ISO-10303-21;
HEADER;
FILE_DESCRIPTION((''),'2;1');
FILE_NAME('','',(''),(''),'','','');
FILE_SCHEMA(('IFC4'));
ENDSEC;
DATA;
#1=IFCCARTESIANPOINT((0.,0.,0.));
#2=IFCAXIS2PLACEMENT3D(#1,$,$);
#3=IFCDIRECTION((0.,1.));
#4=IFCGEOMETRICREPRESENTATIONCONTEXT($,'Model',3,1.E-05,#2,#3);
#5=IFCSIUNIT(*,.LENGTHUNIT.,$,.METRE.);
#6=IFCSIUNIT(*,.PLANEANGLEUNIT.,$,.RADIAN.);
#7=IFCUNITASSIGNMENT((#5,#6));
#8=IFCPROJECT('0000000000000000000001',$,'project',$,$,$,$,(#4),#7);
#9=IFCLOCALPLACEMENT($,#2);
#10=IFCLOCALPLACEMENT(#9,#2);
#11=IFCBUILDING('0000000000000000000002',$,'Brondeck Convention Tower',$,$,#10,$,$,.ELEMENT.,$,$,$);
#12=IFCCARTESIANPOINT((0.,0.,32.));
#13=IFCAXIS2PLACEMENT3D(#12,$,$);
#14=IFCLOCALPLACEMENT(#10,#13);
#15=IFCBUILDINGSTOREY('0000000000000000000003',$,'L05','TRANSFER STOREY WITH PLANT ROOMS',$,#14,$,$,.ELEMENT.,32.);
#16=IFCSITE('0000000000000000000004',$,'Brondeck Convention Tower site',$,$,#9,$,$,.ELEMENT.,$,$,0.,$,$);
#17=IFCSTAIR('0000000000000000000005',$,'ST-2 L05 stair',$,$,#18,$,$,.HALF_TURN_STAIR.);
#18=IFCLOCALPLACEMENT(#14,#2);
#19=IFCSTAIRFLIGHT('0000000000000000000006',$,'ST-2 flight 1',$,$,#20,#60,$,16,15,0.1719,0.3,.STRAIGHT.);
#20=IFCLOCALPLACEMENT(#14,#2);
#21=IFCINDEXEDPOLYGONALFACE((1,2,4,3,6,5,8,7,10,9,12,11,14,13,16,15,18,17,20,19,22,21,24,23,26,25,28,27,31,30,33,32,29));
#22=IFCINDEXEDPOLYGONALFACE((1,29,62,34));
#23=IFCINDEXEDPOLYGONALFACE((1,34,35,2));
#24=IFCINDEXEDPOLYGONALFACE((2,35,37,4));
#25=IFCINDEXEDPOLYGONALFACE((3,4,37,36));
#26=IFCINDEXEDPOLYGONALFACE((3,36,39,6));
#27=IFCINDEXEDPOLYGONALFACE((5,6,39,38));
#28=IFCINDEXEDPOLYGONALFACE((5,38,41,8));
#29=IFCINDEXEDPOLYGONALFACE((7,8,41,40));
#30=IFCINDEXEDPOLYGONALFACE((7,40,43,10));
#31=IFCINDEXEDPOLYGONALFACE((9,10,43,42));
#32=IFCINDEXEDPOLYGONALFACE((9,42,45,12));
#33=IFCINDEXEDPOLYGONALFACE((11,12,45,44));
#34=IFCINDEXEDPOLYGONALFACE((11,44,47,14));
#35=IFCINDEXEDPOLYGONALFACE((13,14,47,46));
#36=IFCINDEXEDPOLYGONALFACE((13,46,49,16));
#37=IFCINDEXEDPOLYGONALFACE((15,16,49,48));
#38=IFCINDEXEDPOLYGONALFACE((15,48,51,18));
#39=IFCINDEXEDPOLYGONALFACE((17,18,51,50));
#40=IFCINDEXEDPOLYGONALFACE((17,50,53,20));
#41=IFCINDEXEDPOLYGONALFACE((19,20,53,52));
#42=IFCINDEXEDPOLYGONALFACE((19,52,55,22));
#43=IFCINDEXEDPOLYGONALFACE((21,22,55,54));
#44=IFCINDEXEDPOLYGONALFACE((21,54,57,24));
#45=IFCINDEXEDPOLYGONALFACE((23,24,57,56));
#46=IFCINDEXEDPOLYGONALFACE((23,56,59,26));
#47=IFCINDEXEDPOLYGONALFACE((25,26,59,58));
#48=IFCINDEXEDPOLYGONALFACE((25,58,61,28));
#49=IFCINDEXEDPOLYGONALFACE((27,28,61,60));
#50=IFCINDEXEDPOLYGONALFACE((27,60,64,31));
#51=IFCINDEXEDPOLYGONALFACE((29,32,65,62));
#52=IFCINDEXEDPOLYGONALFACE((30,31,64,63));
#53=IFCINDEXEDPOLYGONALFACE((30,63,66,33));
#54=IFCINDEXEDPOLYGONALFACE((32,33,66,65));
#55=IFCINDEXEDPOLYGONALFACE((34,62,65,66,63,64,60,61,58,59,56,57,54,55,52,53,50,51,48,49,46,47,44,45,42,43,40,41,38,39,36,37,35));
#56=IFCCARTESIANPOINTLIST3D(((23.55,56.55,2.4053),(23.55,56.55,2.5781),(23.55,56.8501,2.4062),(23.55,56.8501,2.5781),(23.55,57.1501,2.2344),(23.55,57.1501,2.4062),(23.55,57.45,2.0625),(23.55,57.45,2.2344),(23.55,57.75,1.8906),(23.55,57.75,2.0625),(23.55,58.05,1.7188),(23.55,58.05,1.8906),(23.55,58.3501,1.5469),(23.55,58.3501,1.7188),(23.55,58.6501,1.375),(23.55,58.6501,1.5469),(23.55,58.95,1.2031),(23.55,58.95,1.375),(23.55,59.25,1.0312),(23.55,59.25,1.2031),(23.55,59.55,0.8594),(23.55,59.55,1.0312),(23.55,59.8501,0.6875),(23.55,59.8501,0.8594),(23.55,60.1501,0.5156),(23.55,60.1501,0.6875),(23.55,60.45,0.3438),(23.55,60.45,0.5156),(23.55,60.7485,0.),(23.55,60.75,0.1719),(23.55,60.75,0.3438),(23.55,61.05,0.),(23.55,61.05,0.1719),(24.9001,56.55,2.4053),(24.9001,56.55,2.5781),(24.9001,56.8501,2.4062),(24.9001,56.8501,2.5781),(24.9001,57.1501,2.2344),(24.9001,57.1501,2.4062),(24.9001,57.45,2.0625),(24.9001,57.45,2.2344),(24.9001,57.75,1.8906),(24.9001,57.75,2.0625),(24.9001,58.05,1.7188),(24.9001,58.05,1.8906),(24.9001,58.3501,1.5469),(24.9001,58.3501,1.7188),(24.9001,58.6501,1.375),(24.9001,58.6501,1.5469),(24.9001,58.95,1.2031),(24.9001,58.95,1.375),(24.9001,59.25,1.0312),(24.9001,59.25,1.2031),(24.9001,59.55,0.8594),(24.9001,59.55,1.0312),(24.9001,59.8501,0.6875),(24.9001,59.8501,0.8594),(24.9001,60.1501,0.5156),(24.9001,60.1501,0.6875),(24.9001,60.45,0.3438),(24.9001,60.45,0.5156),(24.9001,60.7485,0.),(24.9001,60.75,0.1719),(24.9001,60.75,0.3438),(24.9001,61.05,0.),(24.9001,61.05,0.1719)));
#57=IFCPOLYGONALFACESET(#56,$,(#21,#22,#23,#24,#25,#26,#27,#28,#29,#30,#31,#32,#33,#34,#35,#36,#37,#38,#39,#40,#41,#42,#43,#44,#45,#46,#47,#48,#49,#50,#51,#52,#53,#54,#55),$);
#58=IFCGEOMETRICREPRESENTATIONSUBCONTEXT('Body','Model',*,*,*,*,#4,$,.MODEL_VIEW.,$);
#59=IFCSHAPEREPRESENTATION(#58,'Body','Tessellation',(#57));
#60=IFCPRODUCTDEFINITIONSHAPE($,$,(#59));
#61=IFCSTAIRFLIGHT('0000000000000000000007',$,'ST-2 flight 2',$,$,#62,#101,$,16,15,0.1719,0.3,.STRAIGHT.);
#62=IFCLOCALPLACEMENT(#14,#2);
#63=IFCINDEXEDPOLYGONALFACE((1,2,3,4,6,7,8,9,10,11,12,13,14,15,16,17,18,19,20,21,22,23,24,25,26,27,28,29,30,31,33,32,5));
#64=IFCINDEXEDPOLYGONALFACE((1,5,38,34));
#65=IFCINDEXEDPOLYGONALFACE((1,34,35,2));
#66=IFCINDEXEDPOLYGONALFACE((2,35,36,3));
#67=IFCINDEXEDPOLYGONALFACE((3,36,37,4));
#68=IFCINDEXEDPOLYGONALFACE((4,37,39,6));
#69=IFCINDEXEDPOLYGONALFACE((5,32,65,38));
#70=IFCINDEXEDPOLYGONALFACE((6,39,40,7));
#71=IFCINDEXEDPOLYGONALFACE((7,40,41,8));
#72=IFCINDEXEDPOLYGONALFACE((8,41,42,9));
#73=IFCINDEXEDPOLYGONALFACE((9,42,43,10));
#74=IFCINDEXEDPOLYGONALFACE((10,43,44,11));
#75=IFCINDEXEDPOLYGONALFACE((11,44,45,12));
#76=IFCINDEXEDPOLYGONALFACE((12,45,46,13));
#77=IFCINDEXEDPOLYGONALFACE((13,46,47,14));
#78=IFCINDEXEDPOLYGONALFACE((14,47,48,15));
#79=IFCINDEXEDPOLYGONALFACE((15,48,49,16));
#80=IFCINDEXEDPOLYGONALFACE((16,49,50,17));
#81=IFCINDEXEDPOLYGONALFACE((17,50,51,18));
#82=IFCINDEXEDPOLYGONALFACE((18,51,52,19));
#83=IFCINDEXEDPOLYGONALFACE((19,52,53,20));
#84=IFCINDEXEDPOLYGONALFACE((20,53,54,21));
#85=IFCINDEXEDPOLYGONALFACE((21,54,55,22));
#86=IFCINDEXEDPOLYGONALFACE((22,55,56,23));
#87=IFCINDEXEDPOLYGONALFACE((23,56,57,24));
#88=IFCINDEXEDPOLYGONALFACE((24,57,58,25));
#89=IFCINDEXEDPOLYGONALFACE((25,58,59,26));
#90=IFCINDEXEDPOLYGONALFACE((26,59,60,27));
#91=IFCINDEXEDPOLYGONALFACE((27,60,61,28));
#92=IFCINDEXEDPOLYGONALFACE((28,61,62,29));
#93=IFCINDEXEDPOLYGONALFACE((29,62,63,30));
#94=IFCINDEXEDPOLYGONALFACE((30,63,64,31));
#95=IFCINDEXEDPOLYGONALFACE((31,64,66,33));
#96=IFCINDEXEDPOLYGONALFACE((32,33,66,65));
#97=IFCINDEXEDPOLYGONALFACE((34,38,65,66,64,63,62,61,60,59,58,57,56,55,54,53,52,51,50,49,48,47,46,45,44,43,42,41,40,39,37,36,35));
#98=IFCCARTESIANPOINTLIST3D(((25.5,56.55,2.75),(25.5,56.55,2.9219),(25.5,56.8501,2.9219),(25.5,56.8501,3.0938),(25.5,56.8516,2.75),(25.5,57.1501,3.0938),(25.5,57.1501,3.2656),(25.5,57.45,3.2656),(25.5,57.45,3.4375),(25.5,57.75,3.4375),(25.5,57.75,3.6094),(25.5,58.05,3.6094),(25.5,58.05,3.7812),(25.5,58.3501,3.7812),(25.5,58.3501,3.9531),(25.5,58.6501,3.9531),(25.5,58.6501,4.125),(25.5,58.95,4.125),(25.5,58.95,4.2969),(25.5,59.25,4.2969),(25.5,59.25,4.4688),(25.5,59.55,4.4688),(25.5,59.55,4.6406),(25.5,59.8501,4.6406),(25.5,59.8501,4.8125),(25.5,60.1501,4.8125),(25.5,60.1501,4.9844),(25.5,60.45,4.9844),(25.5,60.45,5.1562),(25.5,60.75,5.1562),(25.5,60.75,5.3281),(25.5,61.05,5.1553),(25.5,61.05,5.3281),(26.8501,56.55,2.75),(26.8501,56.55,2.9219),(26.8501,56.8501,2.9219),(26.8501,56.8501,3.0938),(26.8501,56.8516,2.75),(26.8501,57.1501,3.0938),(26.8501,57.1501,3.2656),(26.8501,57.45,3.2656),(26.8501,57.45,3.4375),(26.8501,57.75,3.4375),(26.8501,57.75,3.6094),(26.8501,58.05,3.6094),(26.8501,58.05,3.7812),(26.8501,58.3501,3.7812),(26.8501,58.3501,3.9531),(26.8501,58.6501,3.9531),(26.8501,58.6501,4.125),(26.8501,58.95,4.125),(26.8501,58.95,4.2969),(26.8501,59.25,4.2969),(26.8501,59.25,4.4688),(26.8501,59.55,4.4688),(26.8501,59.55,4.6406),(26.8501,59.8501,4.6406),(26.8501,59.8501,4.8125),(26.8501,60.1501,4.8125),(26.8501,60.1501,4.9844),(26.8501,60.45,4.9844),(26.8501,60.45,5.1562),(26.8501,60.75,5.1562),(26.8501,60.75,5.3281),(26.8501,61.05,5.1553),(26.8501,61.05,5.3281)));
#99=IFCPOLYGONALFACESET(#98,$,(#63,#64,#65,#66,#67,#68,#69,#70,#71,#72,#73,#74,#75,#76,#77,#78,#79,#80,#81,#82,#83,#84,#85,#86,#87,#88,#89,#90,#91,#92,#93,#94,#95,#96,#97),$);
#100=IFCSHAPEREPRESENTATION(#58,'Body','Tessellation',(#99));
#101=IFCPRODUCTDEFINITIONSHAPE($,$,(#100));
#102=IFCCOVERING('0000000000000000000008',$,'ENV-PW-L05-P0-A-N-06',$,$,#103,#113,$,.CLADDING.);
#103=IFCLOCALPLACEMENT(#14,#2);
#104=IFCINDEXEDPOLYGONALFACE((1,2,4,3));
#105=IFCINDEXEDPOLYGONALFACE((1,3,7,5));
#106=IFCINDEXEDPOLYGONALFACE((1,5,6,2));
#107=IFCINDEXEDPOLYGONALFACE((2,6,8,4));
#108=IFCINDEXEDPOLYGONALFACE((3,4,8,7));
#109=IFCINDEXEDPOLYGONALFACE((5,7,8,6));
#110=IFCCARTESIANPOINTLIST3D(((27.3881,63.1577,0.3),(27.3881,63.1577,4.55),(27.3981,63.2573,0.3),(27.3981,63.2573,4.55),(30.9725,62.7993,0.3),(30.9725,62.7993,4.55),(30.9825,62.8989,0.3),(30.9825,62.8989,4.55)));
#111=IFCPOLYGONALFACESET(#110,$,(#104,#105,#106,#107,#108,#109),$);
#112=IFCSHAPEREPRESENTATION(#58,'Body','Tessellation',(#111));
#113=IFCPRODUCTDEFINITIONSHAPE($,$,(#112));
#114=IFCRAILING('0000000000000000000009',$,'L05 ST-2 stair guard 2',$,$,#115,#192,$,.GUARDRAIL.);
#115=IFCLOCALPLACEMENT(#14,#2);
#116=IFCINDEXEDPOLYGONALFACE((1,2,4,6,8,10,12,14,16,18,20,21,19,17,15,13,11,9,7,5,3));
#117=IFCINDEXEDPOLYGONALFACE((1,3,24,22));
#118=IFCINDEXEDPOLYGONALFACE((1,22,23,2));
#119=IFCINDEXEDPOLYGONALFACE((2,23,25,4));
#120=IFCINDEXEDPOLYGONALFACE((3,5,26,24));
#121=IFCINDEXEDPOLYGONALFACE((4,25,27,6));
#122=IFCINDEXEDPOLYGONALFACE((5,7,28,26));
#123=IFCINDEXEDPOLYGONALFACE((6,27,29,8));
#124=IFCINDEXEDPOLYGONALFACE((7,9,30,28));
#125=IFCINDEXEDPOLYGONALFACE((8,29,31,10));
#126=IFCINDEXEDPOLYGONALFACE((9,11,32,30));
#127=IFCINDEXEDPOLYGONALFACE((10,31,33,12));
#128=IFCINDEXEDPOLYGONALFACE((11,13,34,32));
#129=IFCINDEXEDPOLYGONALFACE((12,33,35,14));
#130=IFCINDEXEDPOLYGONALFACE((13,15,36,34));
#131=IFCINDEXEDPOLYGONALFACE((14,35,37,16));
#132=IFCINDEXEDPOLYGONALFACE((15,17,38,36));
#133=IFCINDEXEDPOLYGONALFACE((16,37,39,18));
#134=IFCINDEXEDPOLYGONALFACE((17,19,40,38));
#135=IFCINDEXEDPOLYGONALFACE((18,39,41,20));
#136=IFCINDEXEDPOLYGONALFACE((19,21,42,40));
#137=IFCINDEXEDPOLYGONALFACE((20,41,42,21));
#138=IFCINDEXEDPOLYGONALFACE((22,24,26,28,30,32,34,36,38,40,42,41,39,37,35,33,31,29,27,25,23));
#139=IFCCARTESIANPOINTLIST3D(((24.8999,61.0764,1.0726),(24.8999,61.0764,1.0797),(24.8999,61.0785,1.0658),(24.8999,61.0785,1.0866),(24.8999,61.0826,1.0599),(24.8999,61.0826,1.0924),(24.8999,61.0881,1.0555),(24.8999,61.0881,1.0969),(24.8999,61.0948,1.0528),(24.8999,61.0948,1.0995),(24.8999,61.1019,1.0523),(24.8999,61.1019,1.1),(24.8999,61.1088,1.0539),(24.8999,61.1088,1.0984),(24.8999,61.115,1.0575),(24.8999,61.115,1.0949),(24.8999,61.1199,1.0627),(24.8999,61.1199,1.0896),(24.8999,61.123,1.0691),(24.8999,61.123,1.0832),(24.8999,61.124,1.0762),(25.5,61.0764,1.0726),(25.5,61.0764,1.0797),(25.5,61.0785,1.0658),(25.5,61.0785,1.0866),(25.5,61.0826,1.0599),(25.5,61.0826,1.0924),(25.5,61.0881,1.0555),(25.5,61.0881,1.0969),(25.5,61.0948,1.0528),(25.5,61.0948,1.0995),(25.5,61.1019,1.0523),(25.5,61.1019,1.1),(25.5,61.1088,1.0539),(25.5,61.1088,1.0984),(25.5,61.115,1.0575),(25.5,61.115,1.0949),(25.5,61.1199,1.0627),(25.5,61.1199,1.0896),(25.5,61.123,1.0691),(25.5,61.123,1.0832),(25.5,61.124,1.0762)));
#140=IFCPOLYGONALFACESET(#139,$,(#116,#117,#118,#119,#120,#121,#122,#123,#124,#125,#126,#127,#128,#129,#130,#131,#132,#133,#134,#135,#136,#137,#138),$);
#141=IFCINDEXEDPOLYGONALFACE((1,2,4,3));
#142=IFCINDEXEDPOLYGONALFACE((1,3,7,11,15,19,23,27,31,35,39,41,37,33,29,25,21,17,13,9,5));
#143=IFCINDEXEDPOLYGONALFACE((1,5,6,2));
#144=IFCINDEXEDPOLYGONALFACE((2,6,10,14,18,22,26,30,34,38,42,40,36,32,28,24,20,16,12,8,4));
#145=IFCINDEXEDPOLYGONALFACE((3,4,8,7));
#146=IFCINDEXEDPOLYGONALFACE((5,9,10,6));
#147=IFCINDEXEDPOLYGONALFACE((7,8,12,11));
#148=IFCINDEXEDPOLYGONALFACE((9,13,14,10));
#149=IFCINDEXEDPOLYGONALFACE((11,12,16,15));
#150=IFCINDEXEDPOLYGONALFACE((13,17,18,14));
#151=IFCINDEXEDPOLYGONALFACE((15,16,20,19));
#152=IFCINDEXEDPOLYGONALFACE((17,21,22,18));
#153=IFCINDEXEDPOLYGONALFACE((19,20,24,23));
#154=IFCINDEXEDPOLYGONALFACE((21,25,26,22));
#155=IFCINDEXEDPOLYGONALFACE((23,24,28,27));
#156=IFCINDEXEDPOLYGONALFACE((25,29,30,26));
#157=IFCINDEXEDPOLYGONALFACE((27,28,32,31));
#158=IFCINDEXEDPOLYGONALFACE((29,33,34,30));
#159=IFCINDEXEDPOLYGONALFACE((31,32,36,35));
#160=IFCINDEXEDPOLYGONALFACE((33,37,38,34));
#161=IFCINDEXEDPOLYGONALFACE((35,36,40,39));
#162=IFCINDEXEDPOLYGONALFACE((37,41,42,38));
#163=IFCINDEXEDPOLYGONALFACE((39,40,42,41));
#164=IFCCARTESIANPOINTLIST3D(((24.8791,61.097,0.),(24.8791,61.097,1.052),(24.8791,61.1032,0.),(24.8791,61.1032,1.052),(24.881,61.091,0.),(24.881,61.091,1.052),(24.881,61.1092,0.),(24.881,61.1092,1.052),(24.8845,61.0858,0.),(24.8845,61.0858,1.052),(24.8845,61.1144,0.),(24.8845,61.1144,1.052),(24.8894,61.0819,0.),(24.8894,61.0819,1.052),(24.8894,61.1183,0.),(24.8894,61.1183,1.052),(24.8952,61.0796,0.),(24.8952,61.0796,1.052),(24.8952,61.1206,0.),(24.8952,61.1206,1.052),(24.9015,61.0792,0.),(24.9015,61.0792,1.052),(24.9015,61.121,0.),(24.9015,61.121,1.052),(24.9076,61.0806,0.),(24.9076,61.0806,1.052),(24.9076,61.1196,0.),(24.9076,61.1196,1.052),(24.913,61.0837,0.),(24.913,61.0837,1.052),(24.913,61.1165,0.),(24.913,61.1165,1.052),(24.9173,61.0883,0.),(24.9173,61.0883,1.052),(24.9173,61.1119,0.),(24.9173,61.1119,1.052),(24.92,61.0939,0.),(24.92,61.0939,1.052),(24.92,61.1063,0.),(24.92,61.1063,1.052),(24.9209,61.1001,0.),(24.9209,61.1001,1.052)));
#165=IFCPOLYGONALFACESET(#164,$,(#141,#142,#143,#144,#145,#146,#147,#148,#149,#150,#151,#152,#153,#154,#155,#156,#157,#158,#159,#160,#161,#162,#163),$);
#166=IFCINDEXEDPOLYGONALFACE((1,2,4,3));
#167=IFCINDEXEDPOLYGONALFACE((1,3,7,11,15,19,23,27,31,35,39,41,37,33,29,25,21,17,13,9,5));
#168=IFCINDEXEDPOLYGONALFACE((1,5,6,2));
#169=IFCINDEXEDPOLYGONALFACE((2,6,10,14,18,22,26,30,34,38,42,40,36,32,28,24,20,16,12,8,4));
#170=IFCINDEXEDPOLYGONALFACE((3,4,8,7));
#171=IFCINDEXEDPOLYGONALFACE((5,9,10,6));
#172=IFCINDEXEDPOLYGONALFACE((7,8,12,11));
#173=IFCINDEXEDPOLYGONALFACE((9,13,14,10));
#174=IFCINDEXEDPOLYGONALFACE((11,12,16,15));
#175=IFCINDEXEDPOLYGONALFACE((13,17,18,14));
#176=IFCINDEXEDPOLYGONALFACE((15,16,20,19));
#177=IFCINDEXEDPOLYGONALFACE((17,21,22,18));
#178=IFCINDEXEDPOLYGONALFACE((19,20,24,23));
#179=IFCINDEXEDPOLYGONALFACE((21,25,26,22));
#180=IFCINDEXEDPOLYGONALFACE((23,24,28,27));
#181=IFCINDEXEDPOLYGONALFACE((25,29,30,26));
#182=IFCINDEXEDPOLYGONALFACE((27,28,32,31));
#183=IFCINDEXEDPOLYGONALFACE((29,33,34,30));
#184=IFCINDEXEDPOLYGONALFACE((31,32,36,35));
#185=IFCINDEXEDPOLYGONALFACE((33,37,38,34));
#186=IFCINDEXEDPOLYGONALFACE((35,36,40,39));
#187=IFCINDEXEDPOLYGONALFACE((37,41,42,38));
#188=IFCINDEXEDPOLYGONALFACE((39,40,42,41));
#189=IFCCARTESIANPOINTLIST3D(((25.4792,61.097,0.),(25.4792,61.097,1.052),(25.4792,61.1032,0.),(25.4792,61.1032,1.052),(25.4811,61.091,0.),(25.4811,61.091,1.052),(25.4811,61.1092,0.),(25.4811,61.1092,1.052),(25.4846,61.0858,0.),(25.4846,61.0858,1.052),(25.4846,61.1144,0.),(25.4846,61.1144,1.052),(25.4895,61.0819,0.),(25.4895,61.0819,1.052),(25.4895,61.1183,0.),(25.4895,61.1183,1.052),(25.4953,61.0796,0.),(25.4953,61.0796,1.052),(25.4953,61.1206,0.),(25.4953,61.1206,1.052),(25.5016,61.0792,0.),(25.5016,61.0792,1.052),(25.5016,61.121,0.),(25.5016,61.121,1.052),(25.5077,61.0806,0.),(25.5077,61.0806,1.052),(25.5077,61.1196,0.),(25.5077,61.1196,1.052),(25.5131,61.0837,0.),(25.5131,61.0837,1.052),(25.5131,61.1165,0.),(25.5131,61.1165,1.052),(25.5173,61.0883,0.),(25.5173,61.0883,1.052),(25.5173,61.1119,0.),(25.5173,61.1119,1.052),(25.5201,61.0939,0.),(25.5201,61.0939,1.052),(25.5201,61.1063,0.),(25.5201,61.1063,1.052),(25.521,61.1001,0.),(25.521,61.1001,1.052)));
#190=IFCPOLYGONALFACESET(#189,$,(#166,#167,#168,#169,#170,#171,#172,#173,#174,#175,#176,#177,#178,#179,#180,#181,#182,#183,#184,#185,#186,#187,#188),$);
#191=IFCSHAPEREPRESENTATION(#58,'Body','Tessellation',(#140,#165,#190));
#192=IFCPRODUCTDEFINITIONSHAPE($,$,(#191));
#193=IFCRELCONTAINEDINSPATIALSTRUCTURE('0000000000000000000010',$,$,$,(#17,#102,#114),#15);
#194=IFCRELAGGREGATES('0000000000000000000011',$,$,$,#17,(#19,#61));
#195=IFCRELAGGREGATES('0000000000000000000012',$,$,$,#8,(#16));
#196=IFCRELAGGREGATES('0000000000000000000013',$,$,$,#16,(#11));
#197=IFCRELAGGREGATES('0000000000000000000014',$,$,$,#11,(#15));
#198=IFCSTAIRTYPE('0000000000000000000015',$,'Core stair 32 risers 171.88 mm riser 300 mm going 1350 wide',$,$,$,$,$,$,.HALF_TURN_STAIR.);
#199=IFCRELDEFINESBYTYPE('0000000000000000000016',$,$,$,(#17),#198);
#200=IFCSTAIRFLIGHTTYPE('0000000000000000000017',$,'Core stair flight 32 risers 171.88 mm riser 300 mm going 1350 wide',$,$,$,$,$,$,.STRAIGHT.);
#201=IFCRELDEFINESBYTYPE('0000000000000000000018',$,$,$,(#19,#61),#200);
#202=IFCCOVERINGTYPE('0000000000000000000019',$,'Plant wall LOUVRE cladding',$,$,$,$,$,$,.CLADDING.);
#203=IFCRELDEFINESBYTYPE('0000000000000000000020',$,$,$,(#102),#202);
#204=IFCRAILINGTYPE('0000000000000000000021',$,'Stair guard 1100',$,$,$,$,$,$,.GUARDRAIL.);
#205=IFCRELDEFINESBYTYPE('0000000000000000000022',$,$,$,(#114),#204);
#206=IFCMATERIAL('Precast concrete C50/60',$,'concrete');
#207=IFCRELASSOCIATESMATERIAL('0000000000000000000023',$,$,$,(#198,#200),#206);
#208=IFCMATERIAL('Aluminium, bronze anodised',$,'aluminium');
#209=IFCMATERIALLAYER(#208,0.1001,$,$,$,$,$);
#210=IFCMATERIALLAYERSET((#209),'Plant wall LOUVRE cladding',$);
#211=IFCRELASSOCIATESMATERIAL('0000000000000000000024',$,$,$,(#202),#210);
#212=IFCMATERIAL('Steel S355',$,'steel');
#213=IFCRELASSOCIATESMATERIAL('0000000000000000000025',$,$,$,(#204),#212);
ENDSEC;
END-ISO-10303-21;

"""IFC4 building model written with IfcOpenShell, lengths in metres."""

from ifc_helpers import new_model, si_unit, direction, frame, origin, origin_2d, place, context, subcontext, project, spatial, polyline, rectangle, circle, outline, extrude, material, layer, layer_set, type_object, element, aggregate, save


model = new_model("IFC4")

# Units and contexts
model_context = context("Model", 3, precision=1e-05, world=origin(), true_north=direction((0.0, 1.0)))
body_context = subcontext(model_context, "Body", "Model", "MODEL_VIEW")
ifc_project = project(units=[si_unit("LENGTHUNIT", "METRE"), si_unit("PLANEANGLEUNIT", "RADIAN")], contexts=[model_context])

# Site, building, storey
site_placement = place(None, origin())
site = spatial("IfcSite", under=ifc_project, at=site_placement, Name="Brondeck Convention Tower site", CompositionType="ELEMENT", RefElevation=0.0)
building_placement = place(site_placement, origin())
building = spatial("IfcBuilding", under=site, at=building_placement, Name="Brondeck Convention Tower", CompositionType="ELEMENT")
storey_placement = place(building_placement, frame((0.0, 0.0, 32.0)))
storey = spatial("IfcBuildingStorey", under=building, at=storey_placement, Name="L05", Description="TRANSFER STOREY WITH PLANT ROOMS", CompositionType="ELEMENT", Elevation=32.0)

# Stair, stair flights
ifc_material_1 = material(Name="Precast concrete C50/60", Category="concrete")
stair_type = type_object("IfcStairType", Name="Core stair 32 risers 171.88 mm riser 300 mm going 1350 wide", PredefinedType="HALF_TURN_STAIR", material=ifc_material_1)
stair_placement = place(storey_placement, origin())
stair = element("IfcStair", 1, at=stair_placement, inside=storey, type_object=stair_type, Name="ST-2 L05 stair", PredefinedType="HALF_TURN_STAIR")
stair_flight_type = type_object("IfcStairFlightType", Name="Core stair flight 32 risers 171.88 mm riser 300 mm going 1350 wide", PredefinedType="STRAIGHT", material=ifc_material_1)
stair_flight_1_placement = place(storey_placement, frame((24.2251, 61.05, 0.0), z_axis=(0.0, 0.0, 1.0), x_axis=(0.0, -1.0, 0.0)))
stair_flight_1 = element("IfcStairFlight", 2, at=stair_flight_1_placement, type_object=stair_flight_type, Name="ST-2 flight 1", NumberOfRisers=16, NumberOfTreads=15, PredefinedType="STRAIGHT", RiserHeight=0.1719, TreadLength=0.3, context=body_context, shape_type="SweptSolid", body=[
    extrude(outline(polyline([(0.0, 0.0), (0.0, 0.1719), (0.3, 0.1719), (0.3, 0.3438), (0.6001, 0.3438), (0.6001, 0.5156), (0.8999, 0.5156), (0.8999, 0.6875), (1.2, 0.6875), (1.2, 0.8594), (1.5, 0.8594), (1.5, 1.0312), (1.8, 1.0312), (1.8, 1.2031), (2.1001, 1.2031), (2.1001, 1.375), (2.3999, 1.375), (2.3999, 1.5469), (2.7, 1.5469), (2.7, 1.7188), (3.0, 1.7188), (3.0, 1.8906), (3.3, 1.8906), (3.3, 2.0625), (3.6001, 2.0625), (3.6001, 2.2344), (3.8999, 2.2344), (3.8999, 2.4062), (4.2, 2.4062), (4.2, 2.5781), (4.5, 2.5781), (4.5, 2.75), (4.5, 2.4053), (0.3015, 0.0), (0.0, 0.0)])), frame((0.0, 0.675, 0.0), z_axis=(0.0, -1.0, 0.0), x_axis=(1.0, 0.0, 0.0)), (0.0, 0.0, 1.0), 1.3501),
])
stair_flight_2_placement = place(storey_placement, frame((26.175, 56.55, 2.75), z_axis=(0.0, 0.0, 1.0), x_axis=(0.0, 1.0, 0.0)))
stair_flight_2 = element("IfcStairFlight", 3, at=stair_flight_2_placement, type_object=stair_flight_type, Name="ST-2 flight 2", NumberOfRisers=16, NumberOfTreads=15, PredefinedType="STRAIGHT", RiserHeight=0.1719, TreadLength=0.3, context=body_context, shape_type="SweptSolid", body=[
    extrude(outline(polyline([(0.0, 0.0), (0.0, 0.1719), (0.3, 0.1719), (0.3, 0.3438), (0.6001, 0.3438), (0.6001, 0.5156), (0.8999, 0.5156), (0.8999, 0.6875), (1.2, 0.6875), (1.2, 0.8594), (1.5, 0.8594), (1.5, 1.0312), (1.8, 1.0312), (1.8, 1.2031), (2.1001, 1.2031), (2.1001, 1.375), (2.3999, 1.375), (2.3999, 1.5469), (2.7, 1.5469), (2.7, 1.7188), (3.0, 1.7188), (3.0, 1.8906), (3.3, 1.8906), (3.3, 2.0625), (3.6001, 2.0625), (3.6001, 2.2344), (3.8999, 2.2344), (3.8999, 2.4062), (4.2, 2.4062), (4.2, 2.5781), (4.5, 2.5781), (4.5, 2.75), (4.5, 2.4053), (0.3015, 0.0), (0.0, 0.0)])), frame((0.0, 0.675, 0.0), z_axis=(0.0, -1.0, 0.0), x_axis=(1.0, 0.0, 0.0)), (0.0, 0.0, 1.0), 1.3501),
])
aggregate(stair, [stair_flight_1, stair_flight_2])

# Covering
ifc_material_2 = material(Name="Aluminium, bronze anodised", Category="aluminium")
ifc_layer_1 = layer(ifc_material_2, 0.1001)
ifc_layer_set_1 = layer_set([ifc_layer_1], Name="Plant wall LOUVRE cladding")
covering_type = type_object("IfcCoveringType", Name="Plant wall LOUVRE cladding", PredefinedType="CLADDING", material=ifc_layer_set_1)
covering_placement = place(storey_placement, frame((29.1853, 63.0283, 0.3), z_axis=(0.0, 0.0, 1.0), x_axis=(-0.995037, 0.099504, 0.0)))
element("IfcCovering", 4, at=covering_placement, inside=storey, type_object=covering_type, Name="ENV-PW-L05-P0-A-N-06", PredefinedType="CLADDING", context=body_context, shape_type="SweptSolid", body=[
    extrude(rectangle(XDim=3.6023, YDim=0.1001, at=origin_2d()), origin(), (0.0, 0.0, 1.0), 4.25),
])

# Railing
ifc_material_3 = material(Name="Steel S355", Category="steel")
railing_type_1 = type_object("IfcRailingType", Name="Stair guard 1100", PredefinedType="GUARDRAIL", material=ifc_material_3)
railing_1_placement = place(storey_placement, frame((24.8999, 61.1001, 0.0)))
element("IfcRailing", 5, at=railing_1_placement, inside=storey, type_object=railing_type_1, Name="L05 ST-2 stair guard 2", PredefinedType="GUARDRAIL", context=body_context, shape_type="SweptSolid", body=[
    extrude(circle(Radius=0.0239, at=origin_2d()), frame((0.0, 0.0, 1.0762), z_axis=(1.0, 0.0, 0.0), x_axis=(0.0, 1.0, 0.0)), (0.0, 0.0, 1.0), 0.6001),
    extrude(circle(Radius=0.021, at=origin_2d()), origin(), (0.0, 0.0, 1.0), 1.052),
    extrude(circle(Radius=0.021, at=origin_2d()), frame((0.6001, 0.0, 0.0)), (0.0, 0.0, 1.0), 1.052),
])

save(model, "model.ifc")
